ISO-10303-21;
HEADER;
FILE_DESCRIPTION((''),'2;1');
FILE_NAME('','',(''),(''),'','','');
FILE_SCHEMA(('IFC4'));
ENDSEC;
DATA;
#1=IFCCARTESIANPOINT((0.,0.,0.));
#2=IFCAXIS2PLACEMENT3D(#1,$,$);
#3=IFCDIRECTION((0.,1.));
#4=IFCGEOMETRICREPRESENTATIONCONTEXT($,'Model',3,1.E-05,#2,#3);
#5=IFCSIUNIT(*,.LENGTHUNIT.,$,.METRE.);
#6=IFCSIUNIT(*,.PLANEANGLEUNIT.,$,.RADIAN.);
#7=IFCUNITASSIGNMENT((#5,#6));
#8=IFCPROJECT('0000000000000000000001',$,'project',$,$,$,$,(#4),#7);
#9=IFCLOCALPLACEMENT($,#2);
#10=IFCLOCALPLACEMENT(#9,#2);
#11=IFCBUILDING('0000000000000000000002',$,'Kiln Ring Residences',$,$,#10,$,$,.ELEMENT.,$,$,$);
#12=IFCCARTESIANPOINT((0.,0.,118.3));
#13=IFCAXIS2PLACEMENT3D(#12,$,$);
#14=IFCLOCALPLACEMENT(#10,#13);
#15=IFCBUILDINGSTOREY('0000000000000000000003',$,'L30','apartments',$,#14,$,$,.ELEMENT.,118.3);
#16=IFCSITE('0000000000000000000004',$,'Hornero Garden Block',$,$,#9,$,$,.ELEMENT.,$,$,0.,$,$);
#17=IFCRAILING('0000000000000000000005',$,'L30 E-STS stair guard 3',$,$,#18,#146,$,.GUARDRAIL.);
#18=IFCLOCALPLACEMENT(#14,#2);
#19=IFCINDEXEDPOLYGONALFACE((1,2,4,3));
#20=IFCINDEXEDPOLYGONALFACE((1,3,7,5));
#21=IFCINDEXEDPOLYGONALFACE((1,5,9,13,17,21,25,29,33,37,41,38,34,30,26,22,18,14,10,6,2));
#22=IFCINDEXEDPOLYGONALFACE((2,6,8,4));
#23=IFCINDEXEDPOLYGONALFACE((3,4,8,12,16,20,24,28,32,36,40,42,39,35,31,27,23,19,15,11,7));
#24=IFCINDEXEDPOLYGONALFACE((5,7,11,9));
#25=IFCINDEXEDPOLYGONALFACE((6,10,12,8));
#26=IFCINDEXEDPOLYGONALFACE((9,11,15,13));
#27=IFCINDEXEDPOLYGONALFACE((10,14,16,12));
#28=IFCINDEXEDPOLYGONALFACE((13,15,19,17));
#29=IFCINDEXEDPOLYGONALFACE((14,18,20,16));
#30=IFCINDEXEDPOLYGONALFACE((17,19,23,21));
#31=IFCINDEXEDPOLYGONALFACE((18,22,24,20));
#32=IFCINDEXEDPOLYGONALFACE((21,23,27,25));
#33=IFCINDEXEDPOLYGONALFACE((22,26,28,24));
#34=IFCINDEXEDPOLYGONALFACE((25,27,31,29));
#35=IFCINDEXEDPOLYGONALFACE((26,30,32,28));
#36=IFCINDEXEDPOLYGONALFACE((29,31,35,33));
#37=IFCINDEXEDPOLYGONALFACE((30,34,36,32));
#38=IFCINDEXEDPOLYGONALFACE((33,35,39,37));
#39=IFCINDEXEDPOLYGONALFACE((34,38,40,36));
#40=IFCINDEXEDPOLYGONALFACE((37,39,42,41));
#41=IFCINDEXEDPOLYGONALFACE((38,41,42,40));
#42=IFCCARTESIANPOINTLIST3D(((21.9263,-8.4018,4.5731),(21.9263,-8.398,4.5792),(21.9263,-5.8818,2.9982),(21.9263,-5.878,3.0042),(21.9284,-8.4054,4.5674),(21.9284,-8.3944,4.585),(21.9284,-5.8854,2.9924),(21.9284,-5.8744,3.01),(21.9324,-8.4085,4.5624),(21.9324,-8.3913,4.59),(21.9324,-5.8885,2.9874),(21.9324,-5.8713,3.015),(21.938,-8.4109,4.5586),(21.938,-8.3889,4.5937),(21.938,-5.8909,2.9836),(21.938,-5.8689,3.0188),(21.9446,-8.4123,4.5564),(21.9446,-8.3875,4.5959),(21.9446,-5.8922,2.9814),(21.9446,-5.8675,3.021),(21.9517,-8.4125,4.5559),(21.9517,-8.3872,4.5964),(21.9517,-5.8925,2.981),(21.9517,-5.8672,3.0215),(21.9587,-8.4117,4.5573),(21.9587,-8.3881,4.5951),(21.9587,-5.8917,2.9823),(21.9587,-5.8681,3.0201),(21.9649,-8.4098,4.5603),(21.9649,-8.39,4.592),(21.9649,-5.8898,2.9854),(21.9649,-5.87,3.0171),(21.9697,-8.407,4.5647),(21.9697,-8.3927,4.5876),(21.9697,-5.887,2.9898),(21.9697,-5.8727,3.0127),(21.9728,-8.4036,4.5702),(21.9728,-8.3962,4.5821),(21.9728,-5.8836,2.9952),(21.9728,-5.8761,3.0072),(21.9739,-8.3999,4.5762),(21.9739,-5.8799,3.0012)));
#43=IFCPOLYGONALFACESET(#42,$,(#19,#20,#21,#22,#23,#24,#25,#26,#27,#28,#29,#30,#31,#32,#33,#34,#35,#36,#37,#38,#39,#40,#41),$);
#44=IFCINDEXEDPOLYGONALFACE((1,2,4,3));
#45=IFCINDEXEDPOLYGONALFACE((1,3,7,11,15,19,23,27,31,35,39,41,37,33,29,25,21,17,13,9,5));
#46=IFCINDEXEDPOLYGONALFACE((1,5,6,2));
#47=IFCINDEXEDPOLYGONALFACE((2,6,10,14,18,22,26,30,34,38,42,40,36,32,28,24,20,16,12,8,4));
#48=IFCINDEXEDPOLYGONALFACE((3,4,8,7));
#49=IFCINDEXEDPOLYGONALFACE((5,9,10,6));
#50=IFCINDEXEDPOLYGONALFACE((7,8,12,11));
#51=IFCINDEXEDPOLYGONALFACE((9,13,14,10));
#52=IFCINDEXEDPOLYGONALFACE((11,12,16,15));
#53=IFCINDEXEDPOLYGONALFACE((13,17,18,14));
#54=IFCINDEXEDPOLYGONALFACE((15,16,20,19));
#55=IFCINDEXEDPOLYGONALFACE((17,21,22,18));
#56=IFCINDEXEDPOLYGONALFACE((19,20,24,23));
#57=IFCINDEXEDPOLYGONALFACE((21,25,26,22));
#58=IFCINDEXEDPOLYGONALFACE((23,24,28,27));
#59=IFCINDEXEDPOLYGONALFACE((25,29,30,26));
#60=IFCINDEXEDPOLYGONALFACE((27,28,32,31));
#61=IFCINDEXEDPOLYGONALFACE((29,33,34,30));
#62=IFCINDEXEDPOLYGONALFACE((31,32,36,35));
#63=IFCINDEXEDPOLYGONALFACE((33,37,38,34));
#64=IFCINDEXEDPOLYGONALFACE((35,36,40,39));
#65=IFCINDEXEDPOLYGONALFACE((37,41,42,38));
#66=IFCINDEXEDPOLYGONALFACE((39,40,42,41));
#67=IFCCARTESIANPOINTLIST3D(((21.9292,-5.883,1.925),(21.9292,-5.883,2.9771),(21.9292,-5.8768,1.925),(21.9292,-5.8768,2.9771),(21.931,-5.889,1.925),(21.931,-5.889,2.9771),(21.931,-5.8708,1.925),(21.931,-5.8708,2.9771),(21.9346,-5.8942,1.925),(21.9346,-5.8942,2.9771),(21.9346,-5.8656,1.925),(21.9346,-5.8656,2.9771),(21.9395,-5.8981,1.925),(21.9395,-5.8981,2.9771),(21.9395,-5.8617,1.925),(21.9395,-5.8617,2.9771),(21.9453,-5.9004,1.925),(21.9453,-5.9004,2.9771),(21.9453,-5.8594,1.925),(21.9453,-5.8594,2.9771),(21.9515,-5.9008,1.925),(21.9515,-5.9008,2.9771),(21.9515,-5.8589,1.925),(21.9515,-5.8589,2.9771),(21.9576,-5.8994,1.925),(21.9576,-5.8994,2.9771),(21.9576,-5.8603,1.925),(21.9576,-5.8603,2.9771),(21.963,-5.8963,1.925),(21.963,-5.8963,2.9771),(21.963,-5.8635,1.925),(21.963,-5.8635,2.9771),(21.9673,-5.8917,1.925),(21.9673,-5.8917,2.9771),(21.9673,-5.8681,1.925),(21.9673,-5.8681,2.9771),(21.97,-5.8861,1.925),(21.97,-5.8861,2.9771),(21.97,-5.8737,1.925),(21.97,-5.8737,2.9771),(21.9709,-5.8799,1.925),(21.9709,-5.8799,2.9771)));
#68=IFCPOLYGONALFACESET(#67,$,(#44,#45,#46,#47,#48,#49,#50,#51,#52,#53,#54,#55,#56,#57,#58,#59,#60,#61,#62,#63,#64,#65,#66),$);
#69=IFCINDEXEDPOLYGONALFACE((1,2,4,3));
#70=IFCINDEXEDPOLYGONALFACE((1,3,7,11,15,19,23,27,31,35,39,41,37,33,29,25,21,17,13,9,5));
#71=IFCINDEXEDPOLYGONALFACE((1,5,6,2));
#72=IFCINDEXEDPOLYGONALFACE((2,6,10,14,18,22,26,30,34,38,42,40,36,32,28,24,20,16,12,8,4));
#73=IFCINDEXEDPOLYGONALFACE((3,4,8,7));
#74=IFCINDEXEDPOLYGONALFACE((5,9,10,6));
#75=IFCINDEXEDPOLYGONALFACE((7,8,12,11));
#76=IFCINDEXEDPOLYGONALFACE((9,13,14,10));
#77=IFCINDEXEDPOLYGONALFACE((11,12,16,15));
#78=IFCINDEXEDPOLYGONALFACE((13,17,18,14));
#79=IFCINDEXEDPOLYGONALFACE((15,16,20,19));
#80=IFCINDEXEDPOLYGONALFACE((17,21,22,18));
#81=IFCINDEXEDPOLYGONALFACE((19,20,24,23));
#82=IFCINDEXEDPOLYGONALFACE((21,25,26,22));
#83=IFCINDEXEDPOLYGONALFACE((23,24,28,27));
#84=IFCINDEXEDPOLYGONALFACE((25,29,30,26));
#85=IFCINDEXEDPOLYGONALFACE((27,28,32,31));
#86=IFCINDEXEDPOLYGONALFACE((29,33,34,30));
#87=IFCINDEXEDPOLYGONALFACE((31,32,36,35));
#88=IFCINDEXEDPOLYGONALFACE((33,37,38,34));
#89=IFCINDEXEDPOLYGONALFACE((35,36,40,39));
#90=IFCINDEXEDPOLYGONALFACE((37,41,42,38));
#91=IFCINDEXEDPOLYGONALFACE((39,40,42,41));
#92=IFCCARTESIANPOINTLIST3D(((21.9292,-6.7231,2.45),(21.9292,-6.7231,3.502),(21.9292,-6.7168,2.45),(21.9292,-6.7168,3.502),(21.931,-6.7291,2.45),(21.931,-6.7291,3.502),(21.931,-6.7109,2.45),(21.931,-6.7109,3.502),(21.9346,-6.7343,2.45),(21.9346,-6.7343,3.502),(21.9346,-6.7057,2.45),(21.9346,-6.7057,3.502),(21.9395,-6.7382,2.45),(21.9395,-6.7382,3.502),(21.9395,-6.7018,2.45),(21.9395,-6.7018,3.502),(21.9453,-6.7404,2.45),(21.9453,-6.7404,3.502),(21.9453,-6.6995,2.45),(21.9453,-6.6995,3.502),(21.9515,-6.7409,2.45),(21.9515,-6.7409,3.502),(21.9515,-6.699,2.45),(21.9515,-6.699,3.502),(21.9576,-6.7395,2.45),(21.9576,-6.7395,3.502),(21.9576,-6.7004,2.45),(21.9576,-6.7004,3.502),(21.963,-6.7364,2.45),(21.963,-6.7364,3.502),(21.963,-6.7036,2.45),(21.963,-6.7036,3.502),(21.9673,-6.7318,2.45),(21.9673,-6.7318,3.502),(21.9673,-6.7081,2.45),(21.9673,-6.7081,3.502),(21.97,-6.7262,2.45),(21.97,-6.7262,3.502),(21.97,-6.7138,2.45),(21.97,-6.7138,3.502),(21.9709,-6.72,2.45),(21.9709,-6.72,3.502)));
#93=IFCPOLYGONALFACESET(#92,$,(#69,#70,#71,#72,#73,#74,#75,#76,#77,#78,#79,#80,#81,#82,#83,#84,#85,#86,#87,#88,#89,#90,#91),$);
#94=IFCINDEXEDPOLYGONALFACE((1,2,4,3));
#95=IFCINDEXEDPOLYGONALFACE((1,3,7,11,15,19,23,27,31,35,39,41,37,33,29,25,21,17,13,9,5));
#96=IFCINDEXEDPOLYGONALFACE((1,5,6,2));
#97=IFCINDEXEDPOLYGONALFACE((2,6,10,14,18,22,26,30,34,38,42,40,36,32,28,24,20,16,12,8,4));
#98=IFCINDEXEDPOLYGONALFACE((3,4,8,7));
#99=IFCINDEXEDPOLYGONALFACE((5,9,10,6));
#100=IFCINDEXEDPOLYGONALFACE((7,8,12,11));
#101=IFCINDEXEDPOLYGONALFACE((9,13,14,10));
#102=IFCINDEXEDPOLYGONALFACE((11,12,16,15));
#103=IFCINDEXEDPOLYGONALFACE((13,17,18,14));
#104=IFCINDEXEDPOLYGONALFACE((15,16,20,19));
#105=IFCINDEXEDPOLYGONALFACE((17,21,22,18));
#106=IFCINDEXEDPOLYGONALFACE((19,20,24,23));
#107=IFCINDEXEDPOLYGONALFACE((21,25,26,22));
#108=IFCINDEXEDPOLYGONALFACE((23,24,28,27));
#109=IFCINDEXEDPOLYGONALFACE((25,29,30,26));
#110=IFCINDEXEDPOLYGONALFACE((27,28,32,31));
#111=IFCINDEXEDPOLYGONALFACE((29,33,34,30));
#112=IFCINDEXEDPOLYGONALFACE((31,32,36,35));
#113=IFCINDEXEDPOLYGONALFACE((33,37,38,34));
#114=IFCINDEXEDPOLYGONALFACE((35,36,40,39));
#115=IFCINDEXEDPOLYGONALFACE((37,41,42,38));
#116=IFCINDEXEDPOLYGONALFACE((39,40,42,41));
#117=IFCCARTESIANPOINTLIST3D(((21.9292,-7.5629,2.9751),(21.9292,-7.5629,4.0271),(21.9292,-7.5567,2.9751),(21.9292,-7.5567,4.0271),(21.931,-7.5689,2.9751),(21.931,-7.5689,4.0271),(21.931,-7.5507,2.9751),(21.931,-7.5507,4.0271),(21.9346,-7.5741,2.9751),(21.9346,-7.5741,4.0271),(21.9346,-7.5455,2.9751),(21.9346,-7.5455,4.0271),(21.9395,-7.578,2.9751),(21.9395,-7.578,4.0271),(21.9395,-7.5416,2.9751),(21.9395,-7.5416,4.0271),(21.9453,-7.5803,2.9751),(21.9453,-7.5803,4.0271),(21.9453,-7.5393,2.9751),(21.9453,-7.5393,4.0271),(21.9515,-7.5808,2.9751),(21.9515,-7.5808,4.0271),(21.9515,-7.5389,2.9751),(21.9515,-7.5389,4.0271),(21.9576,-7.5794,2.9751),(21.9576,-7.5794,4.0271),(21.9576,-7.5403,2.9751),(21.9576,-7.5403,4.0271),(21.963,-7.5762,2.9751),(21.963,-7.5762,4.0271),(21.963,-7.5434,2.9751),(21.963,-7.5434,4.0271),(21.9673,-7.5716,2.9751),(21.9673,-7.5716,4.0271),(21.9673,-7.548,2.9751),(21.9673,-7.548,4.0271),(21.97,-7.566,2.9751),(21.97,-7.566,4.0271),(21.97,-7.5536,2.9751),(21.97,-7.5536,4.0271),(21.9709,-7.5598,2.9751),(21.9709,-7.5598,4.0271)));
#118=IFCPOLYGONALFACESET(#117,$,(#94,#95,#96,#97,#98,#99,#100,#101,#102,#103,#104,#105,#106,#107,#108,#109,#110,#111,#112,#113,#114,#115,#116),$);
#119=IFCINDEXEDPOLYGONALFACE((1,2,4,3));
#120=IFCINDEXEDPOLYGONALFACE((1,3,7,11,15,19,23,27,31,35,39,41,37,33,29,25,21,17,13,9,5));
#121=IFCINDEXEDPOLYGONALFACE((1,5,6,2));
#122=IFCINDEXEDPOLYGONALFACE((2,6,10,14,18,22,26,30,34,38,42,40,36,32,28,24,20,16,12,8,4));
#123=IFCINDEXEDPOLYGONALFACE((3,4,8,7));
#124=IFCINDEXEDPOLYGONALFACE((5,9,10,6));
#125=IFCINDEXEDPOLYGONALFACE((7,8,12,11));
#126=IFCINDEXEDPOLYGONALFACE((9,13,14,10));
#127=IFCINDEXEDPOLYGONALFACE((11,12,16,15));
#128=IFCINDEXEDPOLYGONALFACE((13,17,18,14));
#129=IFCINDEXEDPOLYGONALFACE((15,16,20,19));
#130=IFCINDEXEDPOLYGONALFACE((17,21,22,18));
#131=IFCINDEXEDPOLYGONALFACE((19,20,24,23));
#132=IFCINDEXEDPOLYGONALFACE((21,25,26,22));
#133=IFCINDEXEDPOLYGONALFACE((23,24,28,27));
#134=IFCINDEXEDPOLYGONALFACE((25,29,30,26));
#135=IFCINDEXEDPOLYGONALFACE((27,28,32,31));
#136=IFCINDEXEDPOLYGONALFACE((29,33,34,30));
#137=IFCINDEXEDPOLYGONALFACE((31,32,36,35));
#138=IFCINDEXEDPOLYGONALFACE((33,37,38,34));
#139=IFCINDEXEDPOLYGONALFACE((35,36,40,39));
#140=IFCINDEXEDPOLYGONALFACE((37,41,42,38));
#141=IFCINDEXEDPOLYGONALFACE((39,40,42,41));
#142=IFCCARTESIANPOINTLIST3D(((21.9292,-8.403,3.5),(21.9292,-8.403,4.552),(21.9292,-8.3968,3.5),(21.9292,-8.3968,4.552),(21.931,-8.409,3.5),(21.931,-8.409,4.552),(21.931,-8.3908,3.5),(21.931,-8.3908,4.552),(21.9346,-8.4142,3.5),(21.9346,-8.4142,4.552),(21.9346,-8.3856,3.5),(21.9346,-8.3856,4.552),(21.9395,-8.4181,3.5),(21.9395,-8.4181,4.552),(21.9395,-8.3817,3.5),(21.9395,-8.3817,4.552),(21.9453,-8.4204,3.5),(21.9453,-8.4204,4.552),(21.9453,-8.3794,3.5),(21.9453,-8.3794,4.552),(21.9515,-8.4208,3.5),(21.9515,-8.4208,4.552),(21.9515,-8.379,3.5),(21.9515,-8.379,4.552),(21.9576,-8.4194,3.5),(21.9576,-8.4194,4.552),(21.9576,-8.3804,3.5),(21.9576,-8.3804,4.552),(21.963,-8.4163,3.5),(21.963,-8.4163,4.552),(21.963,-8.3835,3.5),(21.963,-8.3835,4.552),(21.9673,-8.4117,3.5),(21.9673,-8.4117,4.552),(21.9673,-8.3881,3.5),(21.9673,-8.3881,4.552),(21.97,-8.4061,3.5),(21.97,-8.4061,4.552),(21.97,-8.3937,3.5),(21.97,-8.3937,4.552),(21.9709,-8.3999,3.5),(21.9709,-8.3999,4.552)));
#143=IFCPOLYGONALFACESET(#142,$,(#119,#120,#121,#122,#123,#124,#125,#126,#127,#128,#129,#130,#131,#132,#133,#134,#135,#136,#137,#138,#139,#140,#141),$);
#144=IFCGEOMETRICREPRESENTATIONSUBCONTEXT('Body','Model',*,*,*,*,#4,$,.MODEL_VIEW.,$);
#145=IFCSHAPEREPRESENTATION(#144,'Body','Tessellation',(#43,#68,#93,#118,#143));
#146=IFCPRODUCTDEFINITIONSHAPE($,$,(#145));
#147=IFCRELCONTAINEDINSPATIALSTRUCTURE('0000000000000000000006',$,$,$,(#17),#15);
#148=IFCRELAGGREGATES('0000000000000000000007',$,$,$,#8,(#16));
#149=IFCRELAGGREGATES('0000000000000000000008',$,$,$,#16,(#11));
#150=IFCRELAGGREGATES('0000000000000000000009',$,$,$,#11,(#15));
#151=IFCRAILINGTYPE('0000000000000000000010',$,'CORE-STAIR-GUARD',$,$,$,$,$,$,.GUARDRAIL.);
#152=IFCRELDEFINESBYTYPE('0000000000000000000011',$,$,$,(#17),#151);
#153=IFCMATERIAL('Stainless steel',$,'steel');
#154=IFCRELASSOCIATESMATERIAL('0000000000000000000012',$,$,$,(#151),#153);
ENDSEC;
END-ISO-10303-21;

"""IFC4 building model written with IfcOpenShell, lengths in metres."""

from ifc_helpers import new_model, si_unit, direction, frame, origin, origin_2d, place, context, subcontext, project, spatial, circle, extrude, material, type_object, element, save


model = new_model("IFC4")

# Units and contexts
model_context = context("Model", 3, precision=1e-05, world=origin(), true_north=direction((0.0, 1.0)))
body_context = subcontext(model_context, "Body", "Model", "MODEL_VIEW")
ifc_project = project(units=[si_unit("LENGTHUNIT", "METRE"), si_unit("PLANEANGLEUNIT", "RADIAN")], contexts=[model_context])

# Site, building, storey
site_placement = place(None, origin())
site = spatial("IfcSite", under=ifc_project, at=site_placement, Name="Hornero Garden Block", CompositionType="ELEMENT", RefElevation=0.0)
building_placement = place(site_placement, origin())
building = spatial("IfcBuilding", under=site, at=building_placement, Name="Kiln Ring Residences", CompositionType="ELEMENT")
storey_placement = place(building_placement, frame((0.0, 0.0, 118.3)))
storey = spatial("IfcBuildingStorey", under=building, at=storey_placement, Name="L30", Description="apartments", CompositionType="ELEMENT", Elevation=118.3)

# Railing
ifc_material_1 = material(Name="Stainless steel", Category="steel")
railing_type_1 = type_object("IfcRailingType", Name="CORE-STAIR-GUARD", PredefinedType="GUARDRAIL", material=ifc_material_1)
railing_1_placement = place(storey_placement, frame((21.95, -5.8799, 1.925)))
element("IfcRailing", 1, at=railing_1_placement, inside=storey, type_object=railing_type_1, Name="L30 E-STS stair guard 3", PredefinedType="GUARDRAIL", context=body_context, shape_type="SweptSolid", body=[
    extrude(circle(Radius=0.0239, at=origin_2d()), frame((0.0, 0.0, 1.0762), z_axis=(0.0, -0.848008, 0.529984), x_axis=(1.0, 0.0, 0.0)), (0.0, 0.0, 1.0), 2.9717),
    extrude(circle(Radius=0.021, at=origin_2d()), origin(), (0.0, 0.0, 1.0), 1.052),
    extrude(circle(Radius=0.021, at=origin_2d()), frame((0.0, -0.8401, 0.5249)), (0.0, 0.0, 1.0), 1.052),
    extrude(circle(Radius=0.021, at=origin_2d()), frame((0.0, -1.6799, 1.05)), (0.0, 0.0, 1.0), 1.052),
    extrude(circle(Radius=0.021, at=origin_2d()), frame((0.0, -2.52, 1.575)), (0.0, 0.0, 1.0), 1.052),
])

save(model, "model.ifc")
